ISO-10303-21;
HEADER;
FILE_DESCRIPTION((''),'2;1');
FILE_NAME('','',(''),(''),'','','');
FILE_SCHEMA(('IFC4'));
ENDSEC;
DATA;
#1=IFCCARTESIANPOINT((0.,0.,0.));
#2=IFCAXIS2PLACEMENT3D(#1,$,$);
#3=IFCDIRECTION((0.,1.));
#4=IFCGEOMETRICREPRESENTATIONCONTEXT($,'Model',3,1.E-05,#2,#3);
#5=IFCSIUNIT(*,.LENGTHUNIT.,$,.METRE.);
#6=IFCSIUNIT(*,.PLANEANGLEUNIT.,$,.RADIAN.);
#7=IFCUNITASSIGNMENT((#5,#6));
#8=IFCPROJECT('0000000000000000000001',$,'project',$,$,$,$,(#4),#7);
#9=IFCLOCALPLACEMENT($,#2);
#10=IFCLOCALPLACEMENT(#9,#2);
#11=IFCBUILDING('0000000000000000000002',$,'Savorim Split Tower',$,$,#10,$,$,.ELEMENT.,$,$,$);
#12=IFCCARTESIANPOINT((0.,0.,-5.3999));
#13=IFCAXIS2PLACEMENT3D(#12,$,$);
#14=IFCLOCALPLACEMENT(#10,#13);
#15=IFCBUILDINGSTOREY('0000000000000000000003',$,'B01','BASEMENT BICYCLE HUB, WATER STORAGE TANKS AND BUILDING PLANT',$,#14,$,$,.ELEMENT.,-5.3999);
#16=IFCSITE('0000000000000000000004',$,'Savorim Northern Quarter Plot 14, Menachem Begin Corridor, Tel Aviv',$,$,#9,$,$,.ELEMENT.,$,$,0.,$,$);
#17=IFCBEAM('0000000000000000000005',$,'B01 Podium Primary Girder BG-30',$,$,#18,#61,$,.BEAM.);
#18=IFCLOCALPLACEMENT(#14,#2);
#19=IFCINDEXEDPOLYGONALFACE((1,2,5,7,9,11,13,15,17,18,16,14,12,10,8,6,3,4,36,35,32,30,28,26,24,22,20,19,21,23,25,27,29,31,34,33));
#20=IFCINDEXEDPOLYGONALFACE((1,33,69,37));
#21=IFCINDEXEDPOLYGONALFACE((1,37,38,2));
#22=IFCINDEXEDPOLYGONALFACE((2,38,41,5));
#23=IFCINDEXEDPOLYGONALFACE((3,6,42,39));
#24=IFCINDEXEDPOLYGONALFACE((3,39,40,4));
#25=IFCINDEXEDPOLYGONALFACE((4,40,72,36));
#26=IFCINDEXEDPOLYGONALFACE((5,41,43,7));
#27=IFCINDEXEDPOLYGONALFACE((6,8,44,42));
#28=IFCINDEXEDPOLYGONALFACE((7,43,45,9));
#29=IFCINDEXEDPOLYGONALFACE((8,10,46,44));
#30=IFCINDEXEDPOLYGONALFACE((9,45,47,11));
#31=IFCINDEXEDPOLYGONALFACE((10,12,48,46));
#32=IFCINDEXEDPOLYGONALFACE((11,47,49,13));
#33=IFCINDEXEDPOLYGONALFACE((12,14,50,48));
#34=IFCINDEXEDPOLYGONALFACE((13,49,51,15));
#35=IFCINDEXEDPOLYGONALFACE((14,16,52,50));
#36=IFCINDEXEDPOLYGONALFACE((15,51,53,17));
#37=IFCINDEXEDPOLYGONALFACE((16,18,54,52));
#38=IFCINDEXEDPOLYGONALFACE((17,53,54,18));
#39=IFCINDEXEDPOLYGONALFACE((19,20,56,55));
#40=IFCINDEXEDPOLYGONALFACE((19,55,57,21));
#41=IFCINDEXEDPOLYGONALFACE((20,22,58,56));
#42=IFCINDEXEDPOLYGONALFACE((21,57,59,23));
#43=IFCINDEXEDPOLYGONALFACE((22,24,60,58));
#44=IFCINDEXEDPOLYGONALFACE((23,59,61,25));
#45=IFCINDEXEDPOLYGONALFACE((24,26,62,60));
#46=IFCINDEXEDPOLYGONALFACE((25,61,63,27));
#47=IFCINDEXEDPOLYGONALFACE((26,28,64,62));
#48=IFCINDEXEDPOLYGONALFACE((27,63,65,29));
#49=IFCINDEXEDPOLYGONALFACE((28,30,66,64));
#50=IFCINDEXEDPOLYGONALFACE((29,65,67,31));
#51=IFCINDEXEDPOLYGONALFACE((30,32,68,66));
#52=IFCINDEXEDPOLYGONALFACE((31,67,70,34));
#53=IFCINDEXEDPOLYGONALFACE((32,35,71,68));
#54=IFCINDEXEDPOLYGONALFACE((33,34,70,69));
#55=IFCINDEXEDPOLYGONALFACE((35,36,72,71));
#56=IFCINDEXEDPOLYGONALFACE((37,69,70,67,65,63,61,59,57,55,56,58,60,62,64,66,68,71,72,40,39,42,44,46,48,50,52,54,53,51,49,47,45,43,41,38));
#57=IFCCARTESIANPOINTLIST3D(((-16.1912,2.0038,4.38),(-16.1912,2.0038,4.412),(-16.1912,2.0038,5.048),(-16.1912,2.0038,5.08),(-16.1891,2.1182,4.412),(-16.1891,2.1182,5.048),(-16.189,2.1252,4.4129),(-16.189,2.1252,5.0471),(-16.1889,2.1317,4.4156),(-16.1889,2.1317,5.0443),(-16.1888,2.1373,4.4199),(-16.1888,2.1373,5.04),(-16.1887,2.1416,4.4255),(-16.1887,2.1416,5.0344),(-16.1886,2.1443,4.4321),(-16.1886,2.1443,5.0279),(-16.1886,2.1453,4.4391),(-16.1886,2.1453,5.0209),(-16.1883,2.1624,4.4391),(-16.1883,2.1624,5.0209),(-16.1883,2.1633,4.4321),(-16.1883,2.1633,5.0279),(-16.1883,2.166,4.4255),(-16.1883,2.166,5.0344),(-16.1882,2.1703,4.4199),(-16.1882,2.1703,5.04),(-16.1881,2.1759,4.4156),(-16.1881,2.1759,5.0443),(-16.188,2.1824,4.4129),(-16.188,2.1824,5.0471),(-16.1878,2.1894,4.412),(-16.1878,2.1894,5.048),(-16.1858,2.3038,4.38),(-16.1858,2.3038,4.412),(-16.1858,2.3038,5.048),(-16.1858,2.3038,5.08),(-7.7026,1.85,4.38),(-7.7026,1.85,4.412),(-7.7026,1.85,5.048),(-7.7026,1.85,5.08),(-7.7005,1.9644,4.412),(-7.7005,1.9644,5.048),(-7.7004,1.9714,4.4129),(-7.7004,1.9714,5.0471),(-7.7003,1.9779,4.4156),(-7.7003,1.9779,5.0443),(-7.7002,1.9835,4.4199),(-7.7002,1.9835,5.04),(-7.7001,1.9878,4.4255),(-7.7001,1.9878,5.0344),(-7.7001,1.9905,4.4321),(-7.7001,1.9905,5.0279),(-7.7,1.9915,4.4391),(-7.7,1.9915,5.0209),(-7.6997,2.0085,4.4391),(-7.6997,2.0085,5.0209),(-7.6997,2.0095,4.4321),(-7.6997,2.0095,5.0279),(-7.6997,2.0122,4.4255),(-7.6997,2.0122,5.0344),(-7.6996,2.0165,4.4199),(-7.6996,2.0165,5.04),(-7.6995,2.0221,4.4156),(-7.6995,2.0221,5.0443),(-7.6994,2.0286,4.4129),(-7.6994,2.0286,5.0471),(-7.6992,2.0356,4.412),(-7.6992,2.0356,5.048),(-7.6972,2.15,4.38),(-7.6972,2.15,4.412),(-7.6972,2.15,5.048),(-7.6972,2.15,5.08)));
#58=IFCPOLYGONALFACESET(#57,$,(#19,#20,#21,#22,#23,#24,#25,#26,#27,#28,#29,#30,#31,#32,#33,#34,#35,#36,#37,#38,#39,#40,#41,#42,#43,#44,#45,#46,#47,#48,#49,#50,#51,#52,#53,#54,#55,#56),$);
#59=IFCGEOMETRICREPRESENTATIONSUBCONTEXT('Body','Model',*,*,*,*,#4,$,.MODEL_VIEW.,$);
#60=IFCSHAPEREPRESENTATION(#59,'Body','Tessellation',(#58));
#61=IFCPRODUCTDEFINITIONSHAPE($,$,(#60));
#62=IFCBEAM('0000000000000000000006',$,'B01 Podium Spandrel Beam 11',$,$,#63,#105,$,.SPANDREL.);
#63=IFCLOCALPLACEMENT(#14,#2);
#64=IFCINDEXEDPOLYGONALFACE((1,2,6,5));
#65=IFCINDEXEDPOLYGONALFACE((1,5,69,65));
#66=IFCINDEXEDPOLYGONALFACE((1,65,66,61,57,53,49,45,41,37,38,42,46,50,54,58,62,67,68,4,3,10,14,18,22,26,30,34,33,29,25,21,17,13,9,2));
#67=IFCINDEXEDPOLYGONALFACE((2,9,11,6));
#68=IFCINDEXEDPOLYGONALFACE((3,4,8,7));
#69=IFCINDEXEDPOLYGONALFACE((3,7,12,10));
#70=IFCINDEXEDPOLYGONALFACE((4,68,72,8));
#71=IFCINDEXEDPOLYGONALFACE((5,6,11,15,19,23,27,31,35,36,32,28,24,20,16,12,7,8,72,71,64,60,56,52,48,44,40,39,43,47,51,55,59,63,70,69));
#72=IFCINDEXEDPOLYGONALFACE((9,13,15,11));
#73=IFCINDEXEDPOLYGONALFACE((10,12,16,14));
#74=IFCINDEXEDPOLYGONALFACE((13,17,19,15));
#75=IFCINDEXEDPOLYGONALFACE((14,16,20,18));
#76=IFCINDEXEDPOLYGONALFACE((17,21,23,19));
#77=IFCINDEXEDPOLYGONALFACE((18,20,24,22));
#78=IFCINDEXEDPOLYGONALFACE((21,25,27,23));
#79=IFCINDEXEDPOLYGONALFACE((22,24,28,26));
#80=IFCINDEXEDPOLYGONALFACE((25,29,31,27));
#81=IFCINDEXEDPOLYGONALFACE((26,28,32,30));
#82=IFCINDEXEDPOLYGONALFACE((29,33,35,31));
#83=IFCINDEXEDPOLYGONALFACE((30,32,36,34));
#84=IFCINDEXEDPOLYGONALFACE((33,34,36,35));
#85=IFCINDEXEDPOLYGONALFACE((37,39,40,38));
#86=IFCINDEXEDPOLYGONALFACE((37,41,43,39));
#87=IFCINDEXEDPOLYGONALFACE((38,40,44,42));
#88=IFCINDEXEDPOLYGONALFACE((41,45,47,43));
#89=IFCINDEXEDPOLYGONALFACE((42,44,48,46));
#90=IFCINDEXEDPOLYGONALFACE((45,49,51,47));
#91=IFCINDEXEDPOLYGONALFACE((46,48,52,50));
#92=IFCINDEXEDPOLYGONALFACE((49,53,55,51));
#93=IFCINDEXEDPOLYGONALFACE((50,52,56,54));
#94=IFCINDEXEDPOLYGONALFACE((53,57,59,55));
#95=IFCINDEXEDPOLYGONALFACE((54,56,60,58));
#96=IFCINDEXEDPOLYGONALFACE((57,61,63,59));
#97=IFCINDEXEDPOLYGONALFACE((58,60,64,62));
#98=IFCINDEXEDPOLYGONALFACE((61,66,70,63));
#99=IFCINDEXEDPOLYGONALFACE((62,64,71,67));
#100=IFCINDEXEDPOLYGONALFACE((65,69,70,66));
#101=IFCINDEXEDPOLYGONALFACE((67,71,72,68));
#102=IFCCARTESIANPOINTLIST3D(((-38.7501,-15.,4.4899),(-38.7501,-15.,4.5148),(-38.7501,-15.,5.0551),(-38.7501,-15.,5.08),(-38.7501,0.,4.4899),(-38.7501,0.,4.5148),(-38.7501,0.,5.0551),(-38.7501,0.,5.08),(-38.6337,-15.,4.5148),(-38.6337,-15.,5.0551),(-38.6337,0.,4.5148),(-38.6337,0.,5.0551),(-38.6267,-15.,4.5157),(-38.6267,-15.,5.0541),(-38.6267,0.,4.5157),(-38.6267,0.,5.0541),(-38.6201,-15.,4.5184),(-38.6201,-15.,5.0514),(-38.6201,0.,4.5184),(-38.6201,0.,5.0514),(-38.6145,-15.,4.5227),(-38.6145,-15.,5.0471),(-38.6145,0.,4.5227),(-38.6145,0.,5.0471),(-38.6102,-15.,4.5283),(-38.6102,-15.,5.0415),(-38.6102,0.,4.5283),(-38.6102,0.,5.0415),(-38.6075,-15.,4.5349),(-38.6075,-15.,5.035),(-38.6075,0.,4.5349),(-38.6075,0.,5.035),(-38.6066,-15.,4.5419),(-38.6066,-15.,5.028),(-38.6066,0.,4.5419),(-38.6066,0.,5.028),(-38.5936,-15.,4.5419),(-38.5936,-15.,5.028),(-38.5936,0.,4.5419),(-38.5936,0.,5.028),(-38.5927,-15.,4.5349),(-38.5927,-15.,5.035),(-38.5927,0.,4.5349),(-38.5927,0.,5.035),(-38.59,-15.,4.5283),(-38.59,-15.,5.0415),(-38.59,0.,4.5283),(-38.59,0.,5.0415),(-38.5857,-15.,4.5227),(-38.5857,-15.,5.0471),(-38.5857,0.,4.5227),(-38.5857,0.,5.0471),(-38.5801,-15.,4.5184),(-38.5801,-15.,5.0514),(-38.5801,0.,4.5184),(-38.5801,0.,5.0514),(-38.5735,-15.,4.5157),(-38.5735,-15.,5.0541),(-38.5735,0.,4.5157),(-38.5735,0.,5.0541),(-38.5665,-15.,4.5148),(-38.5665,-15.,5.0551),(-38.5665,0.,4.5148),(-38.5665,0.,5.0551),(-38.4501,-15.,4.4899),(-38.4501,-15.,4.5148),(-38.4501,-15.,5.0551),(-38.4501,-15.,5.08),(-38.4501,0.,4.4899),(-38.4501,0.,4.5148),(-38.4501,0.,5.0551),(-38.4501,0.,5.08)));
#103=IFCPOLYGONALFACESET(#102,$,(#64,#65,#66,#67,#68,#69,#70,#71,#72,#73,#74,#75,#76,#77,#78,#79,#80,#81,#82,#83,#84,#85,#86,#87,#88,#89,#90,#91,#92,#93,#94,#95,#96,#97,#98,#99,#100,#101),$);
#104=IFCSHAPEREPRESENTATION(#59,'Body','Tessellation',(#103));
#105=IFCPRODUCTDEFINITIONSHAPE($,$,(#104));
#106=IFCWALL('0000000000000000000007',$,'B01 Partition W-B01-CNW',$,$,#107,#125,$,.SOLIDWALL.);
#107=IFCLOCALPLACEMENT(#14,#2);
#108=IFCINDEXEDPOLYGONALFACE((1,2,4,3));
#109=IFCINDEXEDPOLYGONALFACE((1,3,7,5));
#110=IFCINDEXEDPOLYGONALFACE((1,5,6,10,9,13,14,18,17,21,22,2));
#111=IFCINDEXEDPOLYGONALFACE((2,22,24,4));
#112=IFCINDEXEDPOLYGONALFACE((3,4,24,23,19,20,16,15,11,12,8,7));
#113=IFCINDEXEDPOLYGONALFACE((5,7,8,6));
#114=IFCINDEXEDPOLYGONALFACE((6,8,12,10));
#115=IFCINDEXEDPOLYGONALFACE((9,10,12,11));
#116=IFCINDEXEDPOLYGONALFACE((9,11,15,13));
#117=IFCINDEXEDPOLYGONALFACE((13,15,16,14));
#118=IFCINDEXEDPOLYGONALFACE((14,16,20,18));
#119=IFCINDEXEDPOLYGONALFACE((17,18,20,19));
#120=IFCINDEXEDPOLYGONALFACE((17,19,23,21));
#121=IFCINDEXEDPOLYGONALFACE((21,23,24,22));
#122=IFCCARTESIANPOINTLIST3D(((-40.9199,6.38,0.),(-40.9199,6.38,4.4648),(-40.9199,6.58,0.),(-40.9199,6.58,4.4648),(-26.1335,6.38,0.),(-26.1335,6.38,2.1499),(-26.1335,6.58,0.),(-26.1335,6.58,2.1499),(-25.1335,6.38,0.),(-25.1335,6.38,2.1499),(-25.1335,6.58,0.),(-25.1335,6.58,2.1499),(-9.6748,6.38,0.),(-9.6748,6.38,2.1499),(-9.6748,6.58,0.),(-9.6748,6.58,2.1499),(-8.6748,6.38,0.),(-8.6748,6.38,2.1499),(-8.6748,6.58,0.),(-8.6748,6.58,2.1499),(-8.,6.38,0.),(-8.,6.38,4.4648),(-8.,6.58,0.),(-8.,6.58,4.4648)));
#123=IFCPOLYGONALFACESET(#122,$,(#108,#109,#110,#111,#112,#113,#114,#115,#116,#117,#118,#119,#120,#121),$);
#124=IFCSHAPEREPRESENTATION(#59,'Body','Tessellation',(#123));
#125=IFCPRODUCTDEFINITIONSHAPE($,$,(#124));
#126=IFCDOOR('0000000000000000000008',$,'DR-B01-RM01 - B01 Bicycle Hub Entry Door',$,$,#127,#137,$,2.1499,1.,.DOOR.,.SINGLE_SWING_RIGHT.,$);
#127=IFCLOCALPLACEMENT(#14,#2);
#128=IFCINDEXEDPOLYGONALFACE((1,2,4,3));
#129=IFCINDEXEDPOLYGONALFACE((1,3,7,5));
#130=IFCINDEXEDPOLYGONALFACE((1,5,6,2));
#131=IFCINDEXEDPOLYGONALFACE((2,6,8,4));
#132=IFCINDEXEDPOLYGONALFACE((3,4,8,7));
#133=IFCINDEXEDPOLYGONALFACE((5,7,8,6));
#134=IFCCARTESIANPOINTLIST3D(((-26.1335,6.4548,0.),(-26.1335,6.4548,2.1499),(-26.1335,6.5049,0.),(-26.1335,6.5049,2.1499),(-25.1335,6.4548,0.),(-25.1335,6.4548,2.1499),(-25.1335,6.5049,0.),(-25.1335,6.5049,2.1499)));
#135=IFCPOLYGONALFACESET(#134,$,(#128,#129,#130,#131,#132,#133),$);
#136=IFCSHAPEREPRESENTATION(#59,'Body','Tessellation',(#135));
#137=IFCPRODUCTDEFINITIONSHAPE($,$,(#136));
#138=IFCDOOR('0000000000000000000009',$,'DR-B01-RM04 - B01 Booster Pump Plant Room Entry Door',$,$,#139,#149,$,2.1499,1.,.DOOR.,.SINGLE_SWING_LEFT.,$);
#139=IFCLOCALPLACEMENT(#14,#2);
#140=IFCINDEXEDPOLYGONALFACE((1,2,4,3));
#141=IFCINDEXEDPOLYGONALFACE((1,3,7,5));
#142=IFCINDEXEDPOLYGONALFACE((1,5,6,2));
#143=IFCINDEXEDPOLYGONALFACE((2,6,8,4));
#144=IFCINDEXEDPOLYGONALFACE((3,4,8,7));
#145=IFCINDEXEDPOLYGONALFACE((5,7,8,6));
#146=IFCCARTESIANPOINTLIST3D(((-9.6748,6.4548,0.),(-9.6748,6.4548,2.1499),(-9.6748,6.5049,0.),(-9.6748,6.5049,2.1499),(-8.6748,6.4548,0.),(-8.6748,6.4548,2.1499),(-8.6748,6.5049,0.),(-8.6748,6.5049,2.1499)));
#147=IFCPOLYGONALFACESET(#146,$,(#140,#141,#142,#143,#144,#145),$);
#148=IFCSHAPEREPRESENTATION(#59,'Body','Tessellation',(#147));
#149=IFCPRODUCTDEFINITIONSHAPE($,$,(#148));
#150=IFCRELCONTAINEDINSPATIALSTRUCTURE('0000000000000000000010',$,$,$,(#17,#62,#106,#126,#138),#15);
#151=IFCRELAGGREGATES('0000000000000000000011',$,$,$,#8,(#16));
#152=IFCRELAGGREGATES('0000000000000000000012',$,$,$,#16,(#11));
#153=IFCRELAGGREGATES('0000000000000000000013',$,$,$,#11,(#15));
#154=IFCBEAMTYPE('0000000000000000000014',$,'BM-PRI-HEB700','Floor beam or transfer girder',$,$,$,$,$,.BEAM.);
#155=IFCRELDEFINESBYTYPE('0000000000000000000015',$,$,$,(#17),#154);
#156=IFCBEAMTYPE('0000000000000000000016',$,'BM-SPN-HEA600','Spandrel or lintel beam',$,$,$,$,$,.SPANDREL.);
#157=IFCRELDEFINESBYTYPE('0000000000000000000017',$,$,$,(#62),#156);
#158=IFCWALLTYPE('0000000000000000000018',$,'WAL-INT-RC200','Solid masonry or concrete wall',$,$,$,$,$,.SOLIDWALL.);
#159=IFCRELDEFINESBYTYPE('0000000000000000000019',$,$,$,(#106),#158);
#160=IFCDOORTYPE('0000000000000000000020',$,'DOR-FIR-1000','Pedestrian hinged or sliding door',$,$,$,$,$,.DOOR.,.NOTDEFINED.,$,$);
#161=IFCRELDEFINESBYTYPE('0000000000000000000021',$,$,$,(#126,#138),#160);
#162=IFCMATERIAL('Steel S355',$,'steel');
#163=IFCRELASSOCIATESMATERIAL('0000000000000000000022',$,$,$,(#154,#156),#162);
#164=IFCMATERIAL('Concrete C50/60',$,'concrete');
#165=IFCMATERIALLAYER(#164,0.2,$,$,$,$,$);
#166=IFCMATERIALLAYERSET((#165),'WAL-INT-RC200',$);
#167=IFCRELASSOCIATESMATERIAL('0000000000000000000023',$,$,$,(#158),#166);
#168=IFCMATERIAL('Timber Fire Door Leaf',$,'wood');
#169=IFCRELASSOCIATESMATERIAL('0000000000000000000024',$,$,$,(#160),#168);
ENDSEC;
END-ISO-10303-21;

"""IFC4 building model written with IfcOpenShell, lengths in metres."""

from ifc_helpers import new_model, si_unit, direction, frame, frame_2d, origin, origin_2d, place, context, subcontext, project, spatial, rectangle, i_section, extrude, material, layer, layer_set, material_profile, profile_set, type_object, element, fill, save


model = new_model("IFC4")

# Units and contexts
model_context = context("Model", 3, precision=1e-05, world=origin(), true_north=direction((0.0, 1.0)))
body_context = subcontext(model_context, "Body", "Model", "MODEL_VIEW")
ifc_project = project(units=[si_unit("LENGTHUNIT", "METRE"), si_unit("PLANEANGLEUNIT", "RADIAN")], contexts=[model_context])

# Site, building, storey
site_placement = place(None, origin())
site = spatial("IfcSite", under=ifc_project, at=site_placement, Name="Savorim Northern Quarter Plot 14, Menachem Begin Corridor, Tel Aviv", CompositionType="ELEMENT", RefElevation=0.0)
building_placement = place(site_placement, origin())
building = spatial("IfcBuilding", under=site, at=building_placement, Name="Savorim Split Tower", CompositionType="ELEMENT")
storey_placement = place(building_placement, frame((0.0, 0.0, -5.3999)))
storey = spatial("IfcBuildingStorey", under=building, at=storey_placement, Name="B01", Description="BASEMENT BICYCLE HUB, WATER STORAGE TANKS AND BUILDING PLANT", CompositionType="ELEMENT", Elevation=-5.3999)

# Shared definitions
ifc_material_1 = material(Name="Concrete C50/60", Category="concrete")

# Beams
ifc_material_2 = material(Name="Steel S355", Category="steel")
ifc_material_profile_1 = material_profile(ifc_material_2, i_section(OverallWidth=0.3, OverallDepth=0.7, WebThickness=0.0171, FlangeThickness=0.032, FilletRadius=0.0271, at=origin_2d()), Name="HEB 700")
ifc_profile_set_1 = profile_set([ifc_material_profile_1], Name="Steel S355")
beam_type_1 = type_object("IfcBeamType", Name="BM-PRI-HEB700", Description="Floor beam or transfer girder", PredefinedType="BEAM", material=ifc_profile_set_1)
beam_1_placement = place(storey_placement, frame((-16.1885, 2.1538, 4.73), z_axis=(0.999836, -0.018117, 0.0), x_axis=(0.018117, 0.999836, 0.0)))
element("IfcBeam", 1, at=beam_1_placement, inside=storey, type_object=beam_type_1, Name="B01 Podium Primary Girder BG-30", PredefinedType="BEAM", context=body_context, shape_type="SweptSolid", body=[
    extrude(i_section(OverallWidth=0.3, OverallDepth=0.7, WebThickness=0.0171, FlangeThickness=0.032, FilletRadius=0.0271, at=origin_2d()), origin(), (0.0, 0.0, 1.0), 8.49),
])
ifc_material_profile_2 = material_profile(ifc_material_2, i_section(OverallWidth=0.3, OverallDepth=0.5901, WebThickness=0.0129, FlangeThickness=0.0249, FilletRadius=0.0271, at=origin_2d()), Name="HEA 600")
ifc_profile_set_2 = profile_set([ifc_material_profile_2], Name="Steel S355")
beam_type_2 = type_object("IfcBeamType", Name="BM-SPN-HEA600", Description="Spandrel or lintel beam", PredefinedType="SPANDREL", material=ifc_profile_set_2)
beam_2_placement = place(storey_placement, frame((-38.6001, 0.0, 4.7849), z_axis=(0.0, -1.0, 0.0), x_axis=(1.0, 0.0, 0.0)))
element("IfcBeam", 2, at=beam_2_placement, inside=storey, type_object=beam_type_2, Name="B01 Podium Spandrel Beam 11", PredefinedType="SPANDREL", context=body_context, shape_type="SweptSolid", body=[
    extrude(i_section(OverallWidth=0.3, OverallDepth=0.5901, WebThickness=0.0129, FlangeThickness=0.0249, FilletRadius=0.0271, at=origin_2d()), origin(), (0.0, 0.0, 1.0), 15.0),
])

# Wall, openings, doors
ifc_layer = layer(ifc_material_1, 0.2)
ifc_layer_set = layer_set([ifc_layer], Name="WAL-INT-RC200")
wall_type = type_object("IfcWallType", Name="WAL-INT-RC200", Description="Solid masonry or concrete wall", PredefinedType="SOLIDWALL", material=ifc_layer_set)
wall_placement = place(storey_placement, frame((-40.9199, 6.48, 0.0), z_axis=(0.0, 0.0, 1.0), x_axis=(1.0, 0.0, 0.0)))
wall = element("IfcWall", 3, at=wall_placement, inside=storey, type_object=wall_type, Name="B01 Partition W-B01-CNW", PredefinedType="SOLIDWALL", context=body_context, shape_type="SweptSolid", body=[
    extrude(rectangle(XDim=32.9199, YDim=0.2, at=frame_2d((16.46, 0.0))), origin(), (0.0, 0.0, 1.0), 4.4648),
])
opening_1_placement = place(wall_placement, frame((14.7864, 0.0, 0.0)))
opening_1 = element("IfcOpeningElement", 4, at=opening_1_placement, cuts=wall, PredefinedType="OPENING", context=body_context, shape_type="SweptSolid", body=[
    extrude(rectangle(XDim=1.0, YDim=2.1499, at=frame_2d((0.5, 1.075))), frame((0.0, 0.1099, 0.0), z_axis=(0.0, -1.0, 0.0), x_axis=(1.0, 0.0, 0.0)), (0.0, 0.0, 1.0), 0.22),
])
opening_2_placement = place(wall_placement, frame((31.2451, 0.0, 0.0)))
opening_2 = element("IfcOpeningElement", 5, at=opening_2_placement, cuts=wall, PredefinedType="OPENING", context=body_context, shape_type="SweptSolid", body=[
    extrude(rectangle(XDim=1.0, YDim=2.1499, at=frame_2d((0.5, 1.075))), frame((0.0, 0.1099, 0.0), z_axis=(0.0, -1.0, 0.0), x_axis=(1.0, 0.0, 0.0)), (0.0, 0.0, 1.0), 0.22),
])
ifc_material_3 = material(Name="Timber Fire Door Leaf", Category="wood")
door_type = type_object("IfcDoorType", Name="DOR-FIR-1000", Description="Pedestrian hinged or sliding door", OperationType="NOTDEFINED", PredefinedType="DOOR", material=ifc_material_3)
door_1_placement = place(opening_1_placement, origin())
door_1 = element("IfcDoor", 6, at=door_1_placement, inside=storey, type_object=door_type, Name="DR-B01-RM01 - B01 Bicycle Hub Entry Door", OperationType="SINGLE_SWING_RIGHT", OverallHeight=2.1499, OverallWidth=1.0, PredefinedType="DOOR", context=body_context, shape_type="SweptSolid", body=[
    extrude(rectangle(XDim=1.0, YDim=2.1499, at=frame_2d((0.5, 1.075))), frame((0.0, 0.0249, 0.0), z_axis=(0.0, -1.0, 0.0), x_axis=(1.0, 0.0, 0.0)), (0.0, 0.0, 1.0), 0.05),
])
fill(opening_1, door_1)
door_2_placement = place(opening_2_placement, origin())
door_2 = element("IfcDoor", 7, at=door_2_placement, inside=storey, type_object=door_type, Name="DR-B01-RM04 - B01 Booster Pump Plant Room Entry Door", OperationType="SINGLE_SWING_LEFT", OverallHeight=2.1499, OverallWidth=1.0, PredefinedType="DOOR", context=body_context, shape_type="SweptSolid", body=[
    extrude(rectangle(XDim=1.0, YDim=2.1499, at=frame_2d((0.5, 1.075))), frame((0.0, 0.0249, 0.0), z_axis=(0.0, -1.0, 0.0), x_axis=(1.0, 0.0, 0.0)), (0.0, 0.0, 1.0), 0.05),
])
fill(opening_2, door_2)

save(model, "model.ifc")
